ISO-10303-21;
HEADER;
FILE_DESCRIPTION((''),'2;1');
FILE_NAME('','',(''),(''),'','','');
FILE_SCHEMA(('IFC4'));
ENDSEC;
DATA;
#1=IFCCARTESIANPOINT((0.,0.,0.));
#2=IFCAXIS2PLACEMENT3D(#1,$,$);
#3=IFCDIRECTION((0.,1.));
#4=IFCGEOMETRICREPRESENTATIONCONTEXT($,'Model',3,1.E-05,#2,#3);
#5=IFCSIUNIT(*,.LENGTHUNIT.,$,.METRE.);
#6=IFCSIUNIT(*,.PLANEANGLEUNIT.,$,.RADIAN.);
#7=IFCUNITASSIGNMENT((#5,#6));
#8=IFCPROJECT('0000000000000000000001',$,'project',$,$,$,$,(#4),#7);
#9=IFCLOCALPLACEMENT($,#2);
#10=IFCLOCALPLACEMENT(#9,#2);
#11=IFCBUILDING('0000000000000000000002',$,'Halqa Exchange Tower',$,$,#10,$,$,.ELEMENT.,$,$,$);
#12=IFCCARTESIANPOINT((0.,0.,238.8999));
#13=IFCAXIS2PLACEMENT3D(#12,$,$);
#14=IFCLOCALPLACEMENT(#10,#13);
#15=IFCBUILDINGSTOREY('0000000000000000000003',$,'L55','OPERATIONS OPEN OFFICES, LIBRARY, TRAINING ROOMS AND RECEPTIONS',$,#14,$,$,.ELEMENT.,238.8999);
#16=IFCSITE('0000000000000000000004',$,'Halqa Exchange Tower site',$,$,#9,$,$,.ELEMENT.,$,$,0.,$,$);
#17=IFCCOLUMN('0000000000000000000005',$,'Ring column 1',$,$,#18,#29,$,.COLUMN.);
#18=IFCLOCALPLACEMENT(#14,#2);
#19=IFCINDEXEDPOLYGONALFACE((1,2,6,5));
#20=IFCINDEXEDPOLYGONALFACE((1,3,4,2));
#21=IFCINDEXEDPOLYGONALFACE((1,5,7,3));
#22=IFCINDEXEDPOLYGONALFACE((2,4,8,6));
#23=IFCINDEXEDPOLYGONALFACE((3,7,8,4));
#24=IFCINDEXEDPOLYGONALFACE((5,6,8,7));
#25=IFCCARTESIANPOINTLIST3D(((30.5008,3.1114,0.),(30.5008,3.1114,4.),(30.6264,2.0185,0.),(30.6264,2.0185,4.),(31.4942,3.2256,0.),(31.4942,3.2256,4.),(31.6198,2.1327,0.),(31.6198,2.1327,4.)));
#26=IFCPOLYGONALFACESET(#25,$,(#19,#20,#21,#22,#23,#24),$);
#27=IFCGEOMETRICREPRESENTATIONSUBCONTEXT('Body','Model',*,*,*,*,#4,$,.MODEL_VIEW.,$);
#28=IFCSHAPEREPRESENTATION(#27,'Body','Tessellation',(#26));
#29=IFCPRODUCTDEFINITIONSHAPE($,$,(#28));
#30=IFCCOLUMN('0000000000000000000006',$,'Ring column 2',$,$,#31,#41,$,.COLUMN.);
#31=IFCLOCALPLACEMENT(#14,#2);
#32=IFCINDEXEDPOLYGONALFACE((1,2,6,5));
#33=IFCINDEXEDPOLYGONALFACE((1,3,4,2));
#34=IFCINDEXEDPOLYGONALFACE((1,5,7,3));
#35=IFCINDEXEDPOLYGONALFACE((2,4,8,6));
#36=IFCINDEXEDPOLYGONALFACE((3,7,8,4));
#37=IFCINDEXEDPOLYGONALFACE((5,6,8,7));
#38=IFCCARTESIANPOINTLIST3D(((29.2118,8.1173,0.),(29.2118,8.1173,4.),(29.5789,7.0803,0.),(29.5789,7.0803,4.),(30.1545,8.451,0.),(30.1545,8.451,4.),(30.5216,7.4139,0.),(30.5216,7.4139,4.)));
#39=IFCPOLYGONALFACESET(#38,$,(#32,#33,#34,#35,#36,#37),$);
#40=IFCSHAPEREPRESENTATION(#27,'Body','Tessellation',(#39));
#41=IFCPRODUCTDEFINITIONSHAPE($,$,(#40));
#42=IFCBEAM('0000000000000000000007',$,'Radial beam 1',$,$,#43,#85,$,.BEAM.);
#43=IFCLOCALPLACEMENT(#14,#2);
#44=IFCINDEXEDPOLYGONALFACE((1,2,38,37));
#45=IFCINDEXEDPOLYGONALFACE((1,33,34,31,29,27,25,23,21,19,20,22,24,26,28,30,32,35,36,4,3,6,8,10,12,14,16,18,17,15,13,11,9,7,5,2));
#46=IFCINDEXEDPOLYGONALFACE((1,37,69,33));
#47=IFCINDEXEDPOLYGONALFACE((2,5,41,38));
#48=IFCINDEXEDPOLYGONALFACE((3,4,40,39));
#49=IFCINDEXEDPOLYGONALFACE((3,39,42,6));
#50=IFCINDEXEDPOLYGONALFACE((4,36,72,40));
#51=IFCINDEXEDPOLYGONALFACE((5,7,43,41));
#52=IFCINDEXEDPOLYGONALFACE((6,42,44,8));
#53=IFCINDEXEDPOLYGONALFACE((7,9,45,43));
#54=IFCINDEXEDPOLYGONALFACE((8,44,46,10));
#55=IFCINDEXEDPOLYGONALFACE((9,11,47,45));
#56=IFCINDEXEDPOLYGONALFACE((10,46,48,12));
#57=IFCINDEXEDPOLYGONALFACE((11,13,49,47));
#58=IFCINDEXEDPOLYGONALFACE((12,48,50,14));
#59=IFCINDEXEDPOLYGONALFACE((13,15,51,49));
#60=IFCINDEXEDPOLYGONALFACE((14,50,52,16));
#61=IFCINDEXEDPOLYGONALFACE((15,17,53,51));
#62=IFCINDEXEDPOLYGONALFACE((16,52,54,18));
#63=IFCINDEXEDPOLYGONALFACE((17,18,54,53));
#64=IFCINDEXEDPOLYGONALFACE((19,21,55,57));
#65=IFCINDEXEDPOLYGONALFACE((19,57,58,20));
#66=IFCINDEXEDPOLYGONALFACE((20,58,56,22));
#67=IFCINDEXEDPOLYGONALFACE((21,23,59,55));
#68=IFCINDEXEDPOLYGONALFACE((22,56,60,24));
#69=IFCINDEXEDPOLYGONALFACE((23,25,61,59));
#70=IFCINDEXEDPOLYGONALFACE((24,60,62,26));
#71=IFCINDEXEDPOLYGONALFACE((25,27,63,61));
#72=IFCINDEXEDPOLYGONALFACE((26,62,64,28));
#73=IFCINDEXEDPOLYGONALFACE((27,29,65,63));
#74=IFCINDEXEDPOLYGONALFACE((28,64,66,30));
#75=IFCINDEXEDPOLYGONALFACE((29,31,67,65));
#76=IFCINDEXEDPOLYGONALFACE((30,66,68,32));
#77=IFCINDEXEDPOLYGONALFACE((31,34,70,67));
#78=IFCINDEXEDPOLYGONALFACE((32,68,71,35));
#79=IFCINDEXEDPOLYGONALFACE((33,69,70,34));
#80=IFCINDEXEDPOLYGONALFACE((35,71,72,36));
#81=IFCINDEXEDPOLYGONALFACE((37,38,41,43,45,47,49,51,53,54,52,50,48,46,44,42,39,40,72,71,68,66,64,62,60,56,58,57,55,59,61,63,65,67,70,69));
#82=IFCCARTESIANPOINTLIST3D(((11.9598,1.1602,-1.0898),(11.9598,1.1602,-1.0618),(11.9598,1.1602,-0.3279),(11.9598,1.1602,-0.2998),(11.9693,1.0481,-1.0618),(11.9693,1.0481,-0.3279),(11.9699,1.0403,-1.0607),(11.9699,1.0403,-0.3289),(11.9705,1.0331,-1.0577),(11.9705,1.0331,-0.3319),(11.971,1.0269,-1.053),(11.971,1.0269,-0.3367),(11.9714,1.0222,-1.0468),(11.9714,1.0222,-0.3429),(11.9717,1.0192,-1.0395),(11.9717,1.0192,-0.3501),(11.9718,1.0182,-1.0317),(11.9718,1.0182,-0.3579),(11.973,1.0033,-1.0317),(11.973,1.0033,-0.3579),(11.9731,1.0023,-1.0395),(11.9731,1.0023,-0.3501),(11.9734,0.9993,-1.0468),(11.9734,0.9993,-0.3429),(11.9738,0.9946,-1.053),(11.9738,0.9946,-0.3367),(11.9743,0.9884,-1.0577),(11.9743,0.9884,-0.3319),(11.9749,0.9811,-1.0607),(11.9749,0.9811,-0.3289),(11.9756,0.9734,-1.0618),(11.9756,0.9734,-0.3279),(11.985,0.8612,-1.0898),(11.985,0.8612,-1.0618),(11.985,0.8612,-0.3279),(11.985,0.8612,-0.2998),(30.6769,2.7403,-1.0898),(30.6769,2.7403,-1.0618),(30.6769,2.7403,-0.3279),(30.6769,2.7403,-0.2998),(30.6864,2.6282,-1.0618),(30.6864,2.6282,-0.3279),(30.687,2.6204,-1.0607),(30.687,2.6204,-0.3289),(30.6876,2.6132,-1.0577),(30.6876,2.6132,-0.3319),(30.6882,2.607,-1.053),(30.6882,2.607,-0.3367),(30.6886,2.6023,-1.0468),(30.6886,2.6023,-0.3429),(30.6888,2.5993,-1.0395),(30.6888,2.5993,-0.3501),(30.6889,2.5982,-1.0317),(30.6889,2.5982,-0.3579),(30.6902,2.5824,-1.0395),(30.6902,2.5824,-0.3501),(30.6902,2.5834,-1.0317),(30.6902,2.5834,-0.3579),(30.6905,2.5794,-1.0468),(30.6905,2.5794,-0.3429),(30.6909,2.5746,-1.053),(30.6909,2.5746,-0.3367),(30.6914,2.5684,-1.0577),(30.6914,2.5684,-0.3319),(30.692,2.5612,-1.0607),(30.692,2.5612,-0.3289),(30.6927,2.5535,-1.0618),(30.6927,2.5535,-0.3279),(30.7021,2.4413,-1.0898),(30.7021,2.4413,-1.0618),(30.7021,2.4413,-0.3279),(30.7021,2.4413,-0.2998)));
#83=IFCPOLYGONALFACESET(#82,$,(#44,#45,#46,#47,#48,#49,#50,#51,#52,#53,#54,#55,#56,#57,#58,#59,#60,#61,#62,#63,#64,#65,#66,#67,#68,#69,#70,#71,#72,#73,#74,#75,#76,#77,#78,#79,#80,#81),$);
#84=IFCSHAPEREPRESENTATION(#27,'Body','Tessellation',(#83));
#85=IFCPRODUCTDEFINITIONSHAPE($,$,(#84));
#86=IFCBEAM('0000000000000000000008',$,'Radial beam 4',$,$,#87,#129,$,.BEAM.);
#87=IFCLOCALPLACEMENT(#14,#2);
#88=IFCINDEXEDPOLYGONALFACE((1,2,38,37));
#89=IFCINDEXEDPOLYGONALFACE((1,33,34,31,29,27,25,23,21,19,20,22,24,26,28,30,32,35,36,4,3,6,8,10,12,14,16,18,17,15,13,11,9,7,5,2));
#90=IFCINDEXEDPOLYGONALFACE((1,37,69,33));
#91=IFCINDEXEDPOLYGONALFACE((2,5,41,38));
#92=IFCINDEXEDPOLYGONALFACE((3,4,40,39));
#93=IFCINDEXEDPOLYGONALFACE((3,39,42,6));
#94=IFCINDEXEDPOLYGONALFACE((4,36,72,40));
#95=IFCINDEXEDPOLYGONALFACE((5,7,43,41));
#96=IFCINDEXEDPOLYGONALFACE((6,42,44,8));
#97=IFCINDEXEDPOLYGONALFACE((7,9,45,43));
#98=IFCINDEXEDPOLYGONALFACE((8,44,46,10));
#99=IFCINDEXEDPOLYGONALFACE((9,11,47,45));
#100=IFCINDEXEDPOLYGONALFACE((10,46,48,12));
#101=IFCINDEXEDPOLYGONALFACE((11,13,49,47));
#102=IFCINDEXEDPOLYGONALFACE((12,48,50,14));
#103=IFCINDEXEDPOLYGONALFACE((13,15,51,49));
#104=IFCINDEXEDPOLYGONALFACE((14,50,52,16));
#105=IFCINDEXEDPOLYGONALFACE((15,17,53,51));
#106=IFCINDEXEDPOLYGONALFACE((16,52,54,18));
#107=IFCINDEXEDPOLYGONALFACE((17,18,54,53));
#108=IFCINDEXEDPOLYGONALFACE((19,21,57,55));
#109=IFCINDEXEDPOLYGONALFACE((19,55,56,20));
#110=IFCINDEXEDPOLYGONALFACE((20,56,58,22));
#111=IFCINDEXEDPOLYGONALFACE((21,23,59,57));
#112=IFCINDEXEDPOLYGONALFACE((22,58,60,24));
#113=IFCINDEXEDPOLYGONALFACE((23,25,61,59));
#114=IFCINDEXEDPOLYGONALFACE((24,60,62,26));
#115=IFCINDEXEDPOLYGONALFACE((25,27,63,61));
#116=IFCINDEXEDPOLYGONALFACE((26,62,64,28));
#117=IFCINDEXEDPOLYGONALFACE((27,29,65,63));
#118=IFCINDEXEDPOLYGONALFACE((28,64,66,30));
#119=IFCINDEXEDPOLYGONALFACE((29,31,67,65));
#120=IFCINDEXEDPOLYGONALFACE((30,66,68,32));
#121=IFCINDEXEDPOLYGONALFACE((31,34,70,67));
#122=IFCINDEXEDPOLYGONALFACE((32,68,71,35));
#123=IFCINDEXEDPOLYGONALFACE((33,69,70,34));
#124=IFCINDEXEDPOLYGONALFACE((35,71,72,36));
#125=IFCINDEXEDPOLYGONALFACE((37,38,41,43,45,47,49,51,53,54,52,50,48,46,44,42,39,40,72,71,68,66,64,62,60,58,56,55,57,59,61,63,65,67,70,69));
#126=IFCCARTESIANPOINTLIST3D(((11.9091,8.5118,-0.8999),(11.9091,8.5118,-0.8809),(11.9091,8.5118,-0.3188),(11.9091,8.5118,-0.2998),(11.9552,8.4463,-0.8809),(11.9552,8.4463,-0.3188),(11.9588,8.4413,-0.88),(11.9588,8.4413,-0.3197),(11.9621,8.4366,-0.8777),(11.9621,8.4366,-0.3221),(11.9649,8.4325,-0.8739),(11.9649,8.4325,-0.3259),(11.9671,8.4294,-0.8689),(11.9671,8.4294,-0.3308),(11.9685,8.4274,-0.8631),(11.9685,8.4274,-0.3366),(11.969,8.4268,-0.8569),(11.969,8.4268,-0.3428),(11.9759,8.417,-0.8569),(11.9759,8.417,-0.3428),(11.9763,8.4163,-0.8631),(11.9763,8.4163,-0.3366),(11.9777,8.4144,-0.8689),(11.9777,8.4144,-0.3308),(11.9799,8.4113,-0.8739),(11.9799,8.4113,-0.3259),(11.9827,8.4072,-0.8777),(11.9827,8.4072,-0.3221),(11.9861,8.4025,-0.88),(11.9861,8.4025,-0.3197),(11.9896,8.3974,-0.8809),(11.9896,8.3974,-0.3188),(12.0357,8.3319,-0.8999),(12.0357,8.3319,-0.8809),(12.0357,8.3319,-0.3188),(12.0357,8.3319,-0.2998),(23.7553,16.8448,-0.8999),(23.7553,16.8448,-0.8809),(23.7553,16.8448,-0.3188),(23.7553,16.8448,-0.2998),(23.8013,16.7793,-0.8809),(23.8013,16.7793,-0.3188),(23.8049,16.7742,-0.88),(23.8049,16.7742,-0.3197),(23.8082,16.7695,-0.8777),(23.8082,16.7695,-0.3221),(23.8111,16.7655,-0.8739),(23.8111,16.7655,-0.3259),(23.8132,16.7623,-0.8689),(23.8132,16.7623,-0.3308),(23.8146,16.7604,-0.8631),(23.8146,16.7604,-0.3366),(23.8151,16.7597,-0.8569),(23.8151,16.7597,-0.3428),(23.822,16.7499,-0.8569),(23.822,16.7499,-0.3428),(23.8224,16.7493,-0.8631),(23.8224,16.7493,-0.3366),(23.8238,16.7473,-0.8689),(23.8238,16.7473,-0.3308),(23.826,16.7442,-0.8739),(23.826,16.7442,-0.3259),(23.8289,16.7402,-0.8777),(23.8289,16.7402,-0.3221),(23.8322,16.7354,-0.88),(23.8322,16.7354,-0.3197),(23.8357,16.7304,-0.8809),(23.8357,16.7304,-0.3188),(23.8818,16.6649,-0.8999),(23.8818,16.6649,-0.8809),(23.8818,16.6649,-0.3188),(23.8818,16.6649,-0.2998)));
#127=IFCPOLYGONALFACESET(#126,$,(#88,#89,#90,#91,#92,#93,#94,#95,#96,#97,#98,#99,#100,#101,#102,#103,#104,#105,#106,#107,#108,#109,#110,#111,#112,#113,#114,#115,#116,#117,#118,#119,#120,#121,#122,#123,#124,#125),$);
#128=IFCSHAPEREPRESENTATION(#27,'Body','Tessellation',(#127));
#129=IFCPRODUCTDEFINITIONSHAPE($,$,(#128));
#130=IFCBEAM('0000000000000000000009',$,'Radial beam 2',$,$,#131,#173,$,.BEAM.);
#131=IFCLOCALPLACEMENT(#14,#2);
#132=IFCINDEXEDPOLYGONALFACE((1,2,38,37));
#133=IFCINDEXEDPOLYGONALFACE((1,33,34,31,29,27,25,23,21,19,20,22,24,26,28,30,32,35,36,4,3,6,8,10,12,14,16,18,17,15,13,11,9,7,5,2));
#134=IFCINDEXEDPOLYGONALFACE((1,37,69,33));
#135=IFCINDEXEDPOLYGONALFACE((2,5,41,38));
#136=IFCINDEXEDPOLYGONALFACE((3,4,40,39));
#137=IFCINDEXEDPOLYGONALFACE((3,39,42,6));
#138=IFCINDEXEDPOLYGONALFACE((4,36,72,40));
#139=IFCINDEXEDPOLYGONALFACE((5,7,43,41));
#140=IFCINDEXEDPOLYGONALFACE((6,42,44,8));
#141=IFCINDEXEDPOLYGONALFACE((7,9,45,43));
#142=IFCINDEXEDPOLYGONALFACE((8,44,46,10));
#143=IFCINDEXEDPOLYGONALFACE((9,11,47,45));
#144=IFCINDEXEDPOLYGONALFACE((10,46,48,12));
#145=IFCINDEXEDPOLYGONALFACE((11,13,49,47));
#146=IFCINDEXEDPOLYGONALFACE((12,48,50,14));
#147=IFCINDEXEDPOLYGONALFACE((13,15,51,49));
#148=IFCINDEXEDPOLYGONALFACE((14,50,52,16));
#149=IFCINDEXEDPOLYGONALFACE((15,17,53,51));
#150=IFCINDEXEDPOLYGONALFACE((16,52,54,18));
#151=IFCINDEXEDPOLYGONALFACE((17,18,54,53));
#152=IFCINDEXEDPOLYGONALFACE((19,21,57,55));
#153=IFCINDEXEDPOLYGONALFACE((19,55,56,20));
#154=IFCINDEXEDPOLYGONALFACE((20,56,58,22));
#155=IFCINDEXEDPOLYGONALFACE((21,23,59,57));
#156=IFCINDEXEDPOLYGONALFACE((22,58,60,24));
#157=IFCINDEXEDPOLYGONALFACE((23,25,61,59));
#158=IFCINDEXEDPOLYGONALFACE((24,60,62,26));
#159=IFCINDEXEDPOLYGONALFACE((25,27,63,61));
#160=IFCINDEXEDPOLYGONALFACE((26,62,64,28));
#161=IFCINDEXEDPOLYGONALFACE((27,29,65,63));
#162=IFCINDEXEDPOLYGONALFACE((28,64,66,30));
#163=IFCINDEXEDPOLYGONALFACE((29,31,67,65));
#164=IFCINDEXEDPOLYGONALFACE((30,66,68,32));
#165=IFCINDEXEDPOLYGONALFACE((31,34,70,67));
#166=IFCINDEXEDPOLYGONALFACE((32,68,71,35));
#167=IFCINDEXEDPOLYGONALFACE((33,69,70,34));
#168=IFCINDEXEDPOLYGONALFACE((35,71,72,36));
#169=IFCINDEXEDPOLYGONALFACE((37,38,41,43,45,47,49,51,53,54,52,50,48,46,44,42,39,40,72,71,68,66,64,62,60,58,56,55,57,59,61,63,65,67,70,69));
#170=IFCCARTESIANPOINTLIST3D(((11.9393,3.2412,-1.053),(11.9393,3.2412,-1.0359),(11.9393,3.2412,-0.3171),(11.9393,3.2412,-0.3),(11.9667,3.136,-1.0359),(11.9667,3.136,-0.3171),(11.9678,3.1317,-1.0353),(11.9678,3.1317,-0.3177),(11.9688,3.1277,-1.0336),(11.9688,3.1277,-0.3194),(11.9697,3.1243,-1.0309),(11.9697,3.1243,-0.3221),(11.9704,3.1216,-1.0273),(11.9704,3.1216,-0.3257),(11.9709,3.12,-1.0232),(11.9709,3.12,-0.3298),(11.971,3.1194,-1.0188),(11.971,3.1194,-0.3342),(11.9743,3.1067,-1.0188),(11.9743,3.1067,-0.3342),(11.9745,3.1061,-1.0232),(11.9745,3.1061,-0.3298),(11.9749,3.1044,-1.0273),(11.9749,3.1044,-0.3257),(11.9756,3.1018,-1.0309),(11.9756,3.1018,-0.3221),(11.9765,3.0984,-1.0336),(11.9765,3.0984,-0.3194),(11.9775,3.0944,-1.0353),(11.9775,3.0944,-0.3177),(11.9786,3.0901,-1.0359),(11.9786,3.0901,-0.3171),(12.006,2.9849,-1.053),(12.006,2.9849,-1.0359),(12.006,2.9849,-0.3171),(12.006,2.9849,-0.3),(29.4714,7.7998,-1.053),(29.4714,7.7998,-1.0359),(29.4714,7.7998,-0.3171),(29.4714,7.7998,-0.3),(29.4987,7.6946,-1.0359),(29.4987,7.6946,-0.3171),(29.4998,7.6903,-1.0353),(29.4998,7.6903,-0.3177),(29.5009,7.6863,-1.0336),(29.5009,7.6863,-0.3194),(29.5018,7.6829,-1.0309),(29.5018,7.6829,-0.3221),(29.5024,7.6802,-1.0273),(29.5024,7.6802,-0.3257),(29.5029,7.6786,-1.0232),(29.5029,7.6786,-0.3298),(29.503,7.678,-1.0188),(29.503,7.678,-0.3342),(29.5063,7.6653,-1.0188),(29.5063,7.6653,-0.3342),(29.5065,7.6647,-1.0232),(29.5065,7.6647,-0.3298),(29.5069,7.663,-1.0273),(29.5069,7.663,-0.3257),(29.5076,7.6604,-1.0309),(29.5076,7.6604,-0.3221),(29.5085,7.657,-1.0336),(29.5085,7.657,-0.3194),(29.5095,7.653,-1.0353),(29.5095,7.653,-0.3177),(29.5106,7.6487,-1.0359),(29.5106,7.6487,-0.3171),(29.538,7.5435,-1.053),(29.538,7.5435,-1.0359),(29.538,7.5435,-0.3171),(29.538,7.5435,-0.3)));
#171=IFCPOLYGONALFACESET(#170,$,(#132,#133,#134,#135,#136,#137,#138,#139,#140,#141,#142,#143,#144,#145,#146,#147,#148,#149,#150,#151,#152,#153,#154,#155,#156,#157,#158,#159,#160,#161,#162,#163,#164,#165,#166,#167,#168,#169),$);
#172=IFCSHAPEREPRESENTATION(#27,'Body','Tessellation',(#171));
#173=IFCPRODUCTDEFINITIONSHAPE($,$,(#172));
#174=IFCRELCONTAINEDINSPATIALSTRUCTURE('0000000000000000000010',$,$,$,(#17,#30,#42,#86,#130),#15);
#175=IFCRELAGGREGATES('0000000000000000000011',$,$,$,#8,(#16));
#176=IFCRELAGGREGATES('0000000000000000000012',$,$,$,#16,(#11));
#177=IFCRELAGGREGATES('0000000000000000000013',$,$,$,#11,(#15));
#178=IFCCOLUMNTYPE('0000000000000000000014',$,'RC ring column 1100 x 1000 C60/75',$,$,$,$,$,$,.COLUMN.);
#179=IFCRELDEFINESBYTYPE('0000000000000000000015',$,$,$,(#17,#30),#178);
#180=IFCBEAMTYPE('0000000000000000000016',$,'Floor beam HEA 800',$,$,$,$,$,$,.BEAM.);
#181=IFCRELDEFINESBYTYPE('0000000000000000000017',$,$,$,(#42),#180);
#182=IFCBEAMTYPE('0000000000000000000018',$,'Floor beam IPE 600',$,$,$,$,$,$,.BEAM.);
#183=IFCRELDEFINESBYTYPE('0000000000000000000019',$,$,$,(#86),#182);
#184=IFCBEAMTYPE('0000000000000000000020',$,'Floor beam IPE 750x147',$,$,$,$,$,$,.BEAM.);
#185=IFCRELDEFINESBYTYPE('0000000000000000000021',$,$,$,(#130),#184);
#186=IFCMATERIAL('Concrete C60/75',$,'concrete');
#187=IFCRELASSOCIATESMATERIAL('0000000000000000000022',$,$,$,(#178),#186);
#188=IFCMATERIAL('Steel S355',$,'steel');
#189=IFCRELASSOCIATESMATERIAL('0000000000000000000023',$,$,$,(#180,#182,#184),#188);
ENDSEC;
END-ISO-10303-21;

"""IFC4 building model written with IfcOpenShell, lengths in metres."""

from ifc_helpers import new_model, si_unit, direction, frame, origin, origin_2d, place, context, subcontext, project, spatial, rectangle, i_section, extrude, material, material_profile, profile_set, type_object, element, save


model = new_model("IFC4")

# Units and contexts
model_context = context("Model", 3, precision=1e-05, world=origin(), true_north=direction((0.0, 1.0)))
body_context = subcontext(model_context, "Body", "Model", "MODEL_VIEW")
ifc_project = project(units=[si_unit("LENGTHUNIT", "METRE"), si_unit("PLANEANGLEUNIT", "RADIAN")], contexts=[model_context])

# Site, building, storey
site_placement = place(None, origin())
site = spatial("IfcSite", under=ifc_project, at=site_placement, Name="Halqa Exchange Tower site", CompositionType="ELEMENT", RefElevation=0.0)
building_placement = place(site_placement, origin())
building = spatial("IfcBuilding", under=site, at=building_placement, Name="Halqa Exchange Tower", CompositionType="ELEMENT")
storey_placement = place(building_placement, frame((0.0, 0.0, 238.8999)))
storey = spatial("IfcBuildingStorey", under=building, at=storey_placement, Name="L55", Description="OPERATIONS OPEN OFFICES, LIBRARY, TRAINING ROOMS AND RECEPTIONS", CompositionType="ELEMENT", Elevation=238.8999)

# Columns
ifc_material_1 = material(Name="Concrete C60/75", Category="concrete")
ifc_material_profile_1 = material_profile(ifc_material_1, rectangle(XDim=1.1001, YDim=1.0, at=origin_2d()), Name="1100 x 1000")
ifc_profile_set_1 = profile_set([ifc_material_profile_1], Name="Concrete C60/75")
column_type = type_object("IfcColumnType", Name="RC ring column 1100 x 1000 C60/75", PredefinedType="COLUMN", material=ifc_profile_set_1)
for number, where, z_axis, x_axis, name in (
    (1, (31.0603, 2.6221, 0.0), (0.0, 0.0, 1.0), (-0.114153, 0.993463, 0.0), "Ring column 1"),
    (2, (29.8667, 7.7656, 0.0), (0.0, 0.0, 1.0), (-0.333624, 0.942706, 0.0), "Ring column 2"),
):
    element("IfcColumn", number, at=place(storey_placement, frame(where, z_axis=z_axis, x_axis=x_axis)), inside=storey, type_object=column_type, Name=name, PredefinedType="COLUMN", context=body_context, shape_type="SweptSolid", body=[
        extrude(rectangle(XDim=1.1001, YDim=1.0, at=origin_2d()), origin(), (0.0, 0.0, 1.0), 4.0),
    ])

# Beams
ifc_material_2 = material(Name="Steel S355", Category="steel")
ifc_material_profile_2 = material_profile(ifc_material_2, i_section(OverallWidth=0.3, OverallDepth=0.79, WebThickness=0.0149, FlangeThickness=0.0281, FilletRadius=0.03, at=origin_2d()), Name="HEA 800")
ifc_profile_set_2 = profile_set([ifc_material_profile_2], Name="Steel S355")
beam_type_1 = type_object("IfcBeamType", Name="Floor beam HEA 800", PredefinedType="BEAM", material=ifc_profile_set_2)
beam_1_placement = place(storey_placement, frame((11.9724, 1.0107, -0.6948), z_axis=(0.996456, 0.08412, 0.0), x_axis=(-0.08412, 0.996456, 0.0)))
element("IfcBeam", 3, at=beam_1_placement, inside=storey, type_object=beam_type_1, Name="Radial beam 1", PredefinedType="BEAM", context=body_context, shape_type="SweptSolid", body=[
    extrude(i_section(OverallWidth=0.3, OverallDepth=0.79, WebThickness=0.0149, FlangeThickness=0.0281, FilletRadius=0.03, at=origin_2d()), origin(), (0.0, 0.0, 1.0), 18.7837),
])
ifc_material_profile_3 = material_profile(ifc_material_2, i_section(OverallWidth=0.22, OverallDepth=0.6001, WebThickness=0.012, FlangeThickness=0.019, FilletRadius=0.0239, at=origin_2d()), Name="IPE 600")
ifc_profile_set_3 = profile_set([ifc_material_profile_3], Name="Steel S355")
beam_type_2 = type_object("IfcBeamType", Name="Floor beam IPE 600", PredefinedType="BEAM", material=ifc_profile_set_3)
beam_2_placement = place(storey_placement, frame((11.9724, 8.4219, -0.5999), z_axis=(0.81791, 0.575346, 0.0), x_axis=(-0.575346, 0.81791, 0.0)))
element("IfcBeam", 4, at=beam_2_placement, inside=storey, type_object=beam_type_2, Name="Radial beam 4", PredefinedType="BEAM", context=body_context, shape_type="SweptSolid", body=[
    extrude(i_section(OverallWidth=0.22, OverallDepth=0.6001, WebThickness=0.012, FlangeThickness=0.019, FilletRadius=0.0239, at=origin_2d()), origin(), (0.0, 0.0, 1.0), 14.4834),
])
ifc_material_profile_4 = material_profile(ifc_material_2, i_section(OverallWidth=0.2649, OverallDepth=0.7529, WebThickness=0.0132, FlangeThickness=0.0171, FilletRadius=0.0171, at=origin_2d()), Name="IPE 750x147")
ifc_profile_set_4 = profile_set([ifc_material_profile_4], Name="Steel S355")
beam_type_3 = type_object("IfcBeamType", Name="Floor beam IPE 750x147", PredefinedType="BEAM", material=ifc_profile_set_4)
beam_3_placement = place(storey_placement, frame((11.9727, 3.113, -0.6765), z_axis=(0.967819, 0.251648, 0.0), x_axis=(-0.251648, 0.967819, 0.0)))
element("IfcBeam", 5, at=beam_3_placement, inside=storey, type_object=beam_type_3, Name="Radial beam 2", PredefinedType="BEAM", context=body_context, shape_type="SweptSolid", body=[
    extrude(i_section(OverallWidth=0.2649, OverallDepth=0.7529, WebThickness=0.0132, FlangeThickness=0.0171, FilletRadius=0.0171, at=origin_2d()), origin(), (0.0, 0.0, 1.0), 18.115),
])

save(model, "model.ifc")
